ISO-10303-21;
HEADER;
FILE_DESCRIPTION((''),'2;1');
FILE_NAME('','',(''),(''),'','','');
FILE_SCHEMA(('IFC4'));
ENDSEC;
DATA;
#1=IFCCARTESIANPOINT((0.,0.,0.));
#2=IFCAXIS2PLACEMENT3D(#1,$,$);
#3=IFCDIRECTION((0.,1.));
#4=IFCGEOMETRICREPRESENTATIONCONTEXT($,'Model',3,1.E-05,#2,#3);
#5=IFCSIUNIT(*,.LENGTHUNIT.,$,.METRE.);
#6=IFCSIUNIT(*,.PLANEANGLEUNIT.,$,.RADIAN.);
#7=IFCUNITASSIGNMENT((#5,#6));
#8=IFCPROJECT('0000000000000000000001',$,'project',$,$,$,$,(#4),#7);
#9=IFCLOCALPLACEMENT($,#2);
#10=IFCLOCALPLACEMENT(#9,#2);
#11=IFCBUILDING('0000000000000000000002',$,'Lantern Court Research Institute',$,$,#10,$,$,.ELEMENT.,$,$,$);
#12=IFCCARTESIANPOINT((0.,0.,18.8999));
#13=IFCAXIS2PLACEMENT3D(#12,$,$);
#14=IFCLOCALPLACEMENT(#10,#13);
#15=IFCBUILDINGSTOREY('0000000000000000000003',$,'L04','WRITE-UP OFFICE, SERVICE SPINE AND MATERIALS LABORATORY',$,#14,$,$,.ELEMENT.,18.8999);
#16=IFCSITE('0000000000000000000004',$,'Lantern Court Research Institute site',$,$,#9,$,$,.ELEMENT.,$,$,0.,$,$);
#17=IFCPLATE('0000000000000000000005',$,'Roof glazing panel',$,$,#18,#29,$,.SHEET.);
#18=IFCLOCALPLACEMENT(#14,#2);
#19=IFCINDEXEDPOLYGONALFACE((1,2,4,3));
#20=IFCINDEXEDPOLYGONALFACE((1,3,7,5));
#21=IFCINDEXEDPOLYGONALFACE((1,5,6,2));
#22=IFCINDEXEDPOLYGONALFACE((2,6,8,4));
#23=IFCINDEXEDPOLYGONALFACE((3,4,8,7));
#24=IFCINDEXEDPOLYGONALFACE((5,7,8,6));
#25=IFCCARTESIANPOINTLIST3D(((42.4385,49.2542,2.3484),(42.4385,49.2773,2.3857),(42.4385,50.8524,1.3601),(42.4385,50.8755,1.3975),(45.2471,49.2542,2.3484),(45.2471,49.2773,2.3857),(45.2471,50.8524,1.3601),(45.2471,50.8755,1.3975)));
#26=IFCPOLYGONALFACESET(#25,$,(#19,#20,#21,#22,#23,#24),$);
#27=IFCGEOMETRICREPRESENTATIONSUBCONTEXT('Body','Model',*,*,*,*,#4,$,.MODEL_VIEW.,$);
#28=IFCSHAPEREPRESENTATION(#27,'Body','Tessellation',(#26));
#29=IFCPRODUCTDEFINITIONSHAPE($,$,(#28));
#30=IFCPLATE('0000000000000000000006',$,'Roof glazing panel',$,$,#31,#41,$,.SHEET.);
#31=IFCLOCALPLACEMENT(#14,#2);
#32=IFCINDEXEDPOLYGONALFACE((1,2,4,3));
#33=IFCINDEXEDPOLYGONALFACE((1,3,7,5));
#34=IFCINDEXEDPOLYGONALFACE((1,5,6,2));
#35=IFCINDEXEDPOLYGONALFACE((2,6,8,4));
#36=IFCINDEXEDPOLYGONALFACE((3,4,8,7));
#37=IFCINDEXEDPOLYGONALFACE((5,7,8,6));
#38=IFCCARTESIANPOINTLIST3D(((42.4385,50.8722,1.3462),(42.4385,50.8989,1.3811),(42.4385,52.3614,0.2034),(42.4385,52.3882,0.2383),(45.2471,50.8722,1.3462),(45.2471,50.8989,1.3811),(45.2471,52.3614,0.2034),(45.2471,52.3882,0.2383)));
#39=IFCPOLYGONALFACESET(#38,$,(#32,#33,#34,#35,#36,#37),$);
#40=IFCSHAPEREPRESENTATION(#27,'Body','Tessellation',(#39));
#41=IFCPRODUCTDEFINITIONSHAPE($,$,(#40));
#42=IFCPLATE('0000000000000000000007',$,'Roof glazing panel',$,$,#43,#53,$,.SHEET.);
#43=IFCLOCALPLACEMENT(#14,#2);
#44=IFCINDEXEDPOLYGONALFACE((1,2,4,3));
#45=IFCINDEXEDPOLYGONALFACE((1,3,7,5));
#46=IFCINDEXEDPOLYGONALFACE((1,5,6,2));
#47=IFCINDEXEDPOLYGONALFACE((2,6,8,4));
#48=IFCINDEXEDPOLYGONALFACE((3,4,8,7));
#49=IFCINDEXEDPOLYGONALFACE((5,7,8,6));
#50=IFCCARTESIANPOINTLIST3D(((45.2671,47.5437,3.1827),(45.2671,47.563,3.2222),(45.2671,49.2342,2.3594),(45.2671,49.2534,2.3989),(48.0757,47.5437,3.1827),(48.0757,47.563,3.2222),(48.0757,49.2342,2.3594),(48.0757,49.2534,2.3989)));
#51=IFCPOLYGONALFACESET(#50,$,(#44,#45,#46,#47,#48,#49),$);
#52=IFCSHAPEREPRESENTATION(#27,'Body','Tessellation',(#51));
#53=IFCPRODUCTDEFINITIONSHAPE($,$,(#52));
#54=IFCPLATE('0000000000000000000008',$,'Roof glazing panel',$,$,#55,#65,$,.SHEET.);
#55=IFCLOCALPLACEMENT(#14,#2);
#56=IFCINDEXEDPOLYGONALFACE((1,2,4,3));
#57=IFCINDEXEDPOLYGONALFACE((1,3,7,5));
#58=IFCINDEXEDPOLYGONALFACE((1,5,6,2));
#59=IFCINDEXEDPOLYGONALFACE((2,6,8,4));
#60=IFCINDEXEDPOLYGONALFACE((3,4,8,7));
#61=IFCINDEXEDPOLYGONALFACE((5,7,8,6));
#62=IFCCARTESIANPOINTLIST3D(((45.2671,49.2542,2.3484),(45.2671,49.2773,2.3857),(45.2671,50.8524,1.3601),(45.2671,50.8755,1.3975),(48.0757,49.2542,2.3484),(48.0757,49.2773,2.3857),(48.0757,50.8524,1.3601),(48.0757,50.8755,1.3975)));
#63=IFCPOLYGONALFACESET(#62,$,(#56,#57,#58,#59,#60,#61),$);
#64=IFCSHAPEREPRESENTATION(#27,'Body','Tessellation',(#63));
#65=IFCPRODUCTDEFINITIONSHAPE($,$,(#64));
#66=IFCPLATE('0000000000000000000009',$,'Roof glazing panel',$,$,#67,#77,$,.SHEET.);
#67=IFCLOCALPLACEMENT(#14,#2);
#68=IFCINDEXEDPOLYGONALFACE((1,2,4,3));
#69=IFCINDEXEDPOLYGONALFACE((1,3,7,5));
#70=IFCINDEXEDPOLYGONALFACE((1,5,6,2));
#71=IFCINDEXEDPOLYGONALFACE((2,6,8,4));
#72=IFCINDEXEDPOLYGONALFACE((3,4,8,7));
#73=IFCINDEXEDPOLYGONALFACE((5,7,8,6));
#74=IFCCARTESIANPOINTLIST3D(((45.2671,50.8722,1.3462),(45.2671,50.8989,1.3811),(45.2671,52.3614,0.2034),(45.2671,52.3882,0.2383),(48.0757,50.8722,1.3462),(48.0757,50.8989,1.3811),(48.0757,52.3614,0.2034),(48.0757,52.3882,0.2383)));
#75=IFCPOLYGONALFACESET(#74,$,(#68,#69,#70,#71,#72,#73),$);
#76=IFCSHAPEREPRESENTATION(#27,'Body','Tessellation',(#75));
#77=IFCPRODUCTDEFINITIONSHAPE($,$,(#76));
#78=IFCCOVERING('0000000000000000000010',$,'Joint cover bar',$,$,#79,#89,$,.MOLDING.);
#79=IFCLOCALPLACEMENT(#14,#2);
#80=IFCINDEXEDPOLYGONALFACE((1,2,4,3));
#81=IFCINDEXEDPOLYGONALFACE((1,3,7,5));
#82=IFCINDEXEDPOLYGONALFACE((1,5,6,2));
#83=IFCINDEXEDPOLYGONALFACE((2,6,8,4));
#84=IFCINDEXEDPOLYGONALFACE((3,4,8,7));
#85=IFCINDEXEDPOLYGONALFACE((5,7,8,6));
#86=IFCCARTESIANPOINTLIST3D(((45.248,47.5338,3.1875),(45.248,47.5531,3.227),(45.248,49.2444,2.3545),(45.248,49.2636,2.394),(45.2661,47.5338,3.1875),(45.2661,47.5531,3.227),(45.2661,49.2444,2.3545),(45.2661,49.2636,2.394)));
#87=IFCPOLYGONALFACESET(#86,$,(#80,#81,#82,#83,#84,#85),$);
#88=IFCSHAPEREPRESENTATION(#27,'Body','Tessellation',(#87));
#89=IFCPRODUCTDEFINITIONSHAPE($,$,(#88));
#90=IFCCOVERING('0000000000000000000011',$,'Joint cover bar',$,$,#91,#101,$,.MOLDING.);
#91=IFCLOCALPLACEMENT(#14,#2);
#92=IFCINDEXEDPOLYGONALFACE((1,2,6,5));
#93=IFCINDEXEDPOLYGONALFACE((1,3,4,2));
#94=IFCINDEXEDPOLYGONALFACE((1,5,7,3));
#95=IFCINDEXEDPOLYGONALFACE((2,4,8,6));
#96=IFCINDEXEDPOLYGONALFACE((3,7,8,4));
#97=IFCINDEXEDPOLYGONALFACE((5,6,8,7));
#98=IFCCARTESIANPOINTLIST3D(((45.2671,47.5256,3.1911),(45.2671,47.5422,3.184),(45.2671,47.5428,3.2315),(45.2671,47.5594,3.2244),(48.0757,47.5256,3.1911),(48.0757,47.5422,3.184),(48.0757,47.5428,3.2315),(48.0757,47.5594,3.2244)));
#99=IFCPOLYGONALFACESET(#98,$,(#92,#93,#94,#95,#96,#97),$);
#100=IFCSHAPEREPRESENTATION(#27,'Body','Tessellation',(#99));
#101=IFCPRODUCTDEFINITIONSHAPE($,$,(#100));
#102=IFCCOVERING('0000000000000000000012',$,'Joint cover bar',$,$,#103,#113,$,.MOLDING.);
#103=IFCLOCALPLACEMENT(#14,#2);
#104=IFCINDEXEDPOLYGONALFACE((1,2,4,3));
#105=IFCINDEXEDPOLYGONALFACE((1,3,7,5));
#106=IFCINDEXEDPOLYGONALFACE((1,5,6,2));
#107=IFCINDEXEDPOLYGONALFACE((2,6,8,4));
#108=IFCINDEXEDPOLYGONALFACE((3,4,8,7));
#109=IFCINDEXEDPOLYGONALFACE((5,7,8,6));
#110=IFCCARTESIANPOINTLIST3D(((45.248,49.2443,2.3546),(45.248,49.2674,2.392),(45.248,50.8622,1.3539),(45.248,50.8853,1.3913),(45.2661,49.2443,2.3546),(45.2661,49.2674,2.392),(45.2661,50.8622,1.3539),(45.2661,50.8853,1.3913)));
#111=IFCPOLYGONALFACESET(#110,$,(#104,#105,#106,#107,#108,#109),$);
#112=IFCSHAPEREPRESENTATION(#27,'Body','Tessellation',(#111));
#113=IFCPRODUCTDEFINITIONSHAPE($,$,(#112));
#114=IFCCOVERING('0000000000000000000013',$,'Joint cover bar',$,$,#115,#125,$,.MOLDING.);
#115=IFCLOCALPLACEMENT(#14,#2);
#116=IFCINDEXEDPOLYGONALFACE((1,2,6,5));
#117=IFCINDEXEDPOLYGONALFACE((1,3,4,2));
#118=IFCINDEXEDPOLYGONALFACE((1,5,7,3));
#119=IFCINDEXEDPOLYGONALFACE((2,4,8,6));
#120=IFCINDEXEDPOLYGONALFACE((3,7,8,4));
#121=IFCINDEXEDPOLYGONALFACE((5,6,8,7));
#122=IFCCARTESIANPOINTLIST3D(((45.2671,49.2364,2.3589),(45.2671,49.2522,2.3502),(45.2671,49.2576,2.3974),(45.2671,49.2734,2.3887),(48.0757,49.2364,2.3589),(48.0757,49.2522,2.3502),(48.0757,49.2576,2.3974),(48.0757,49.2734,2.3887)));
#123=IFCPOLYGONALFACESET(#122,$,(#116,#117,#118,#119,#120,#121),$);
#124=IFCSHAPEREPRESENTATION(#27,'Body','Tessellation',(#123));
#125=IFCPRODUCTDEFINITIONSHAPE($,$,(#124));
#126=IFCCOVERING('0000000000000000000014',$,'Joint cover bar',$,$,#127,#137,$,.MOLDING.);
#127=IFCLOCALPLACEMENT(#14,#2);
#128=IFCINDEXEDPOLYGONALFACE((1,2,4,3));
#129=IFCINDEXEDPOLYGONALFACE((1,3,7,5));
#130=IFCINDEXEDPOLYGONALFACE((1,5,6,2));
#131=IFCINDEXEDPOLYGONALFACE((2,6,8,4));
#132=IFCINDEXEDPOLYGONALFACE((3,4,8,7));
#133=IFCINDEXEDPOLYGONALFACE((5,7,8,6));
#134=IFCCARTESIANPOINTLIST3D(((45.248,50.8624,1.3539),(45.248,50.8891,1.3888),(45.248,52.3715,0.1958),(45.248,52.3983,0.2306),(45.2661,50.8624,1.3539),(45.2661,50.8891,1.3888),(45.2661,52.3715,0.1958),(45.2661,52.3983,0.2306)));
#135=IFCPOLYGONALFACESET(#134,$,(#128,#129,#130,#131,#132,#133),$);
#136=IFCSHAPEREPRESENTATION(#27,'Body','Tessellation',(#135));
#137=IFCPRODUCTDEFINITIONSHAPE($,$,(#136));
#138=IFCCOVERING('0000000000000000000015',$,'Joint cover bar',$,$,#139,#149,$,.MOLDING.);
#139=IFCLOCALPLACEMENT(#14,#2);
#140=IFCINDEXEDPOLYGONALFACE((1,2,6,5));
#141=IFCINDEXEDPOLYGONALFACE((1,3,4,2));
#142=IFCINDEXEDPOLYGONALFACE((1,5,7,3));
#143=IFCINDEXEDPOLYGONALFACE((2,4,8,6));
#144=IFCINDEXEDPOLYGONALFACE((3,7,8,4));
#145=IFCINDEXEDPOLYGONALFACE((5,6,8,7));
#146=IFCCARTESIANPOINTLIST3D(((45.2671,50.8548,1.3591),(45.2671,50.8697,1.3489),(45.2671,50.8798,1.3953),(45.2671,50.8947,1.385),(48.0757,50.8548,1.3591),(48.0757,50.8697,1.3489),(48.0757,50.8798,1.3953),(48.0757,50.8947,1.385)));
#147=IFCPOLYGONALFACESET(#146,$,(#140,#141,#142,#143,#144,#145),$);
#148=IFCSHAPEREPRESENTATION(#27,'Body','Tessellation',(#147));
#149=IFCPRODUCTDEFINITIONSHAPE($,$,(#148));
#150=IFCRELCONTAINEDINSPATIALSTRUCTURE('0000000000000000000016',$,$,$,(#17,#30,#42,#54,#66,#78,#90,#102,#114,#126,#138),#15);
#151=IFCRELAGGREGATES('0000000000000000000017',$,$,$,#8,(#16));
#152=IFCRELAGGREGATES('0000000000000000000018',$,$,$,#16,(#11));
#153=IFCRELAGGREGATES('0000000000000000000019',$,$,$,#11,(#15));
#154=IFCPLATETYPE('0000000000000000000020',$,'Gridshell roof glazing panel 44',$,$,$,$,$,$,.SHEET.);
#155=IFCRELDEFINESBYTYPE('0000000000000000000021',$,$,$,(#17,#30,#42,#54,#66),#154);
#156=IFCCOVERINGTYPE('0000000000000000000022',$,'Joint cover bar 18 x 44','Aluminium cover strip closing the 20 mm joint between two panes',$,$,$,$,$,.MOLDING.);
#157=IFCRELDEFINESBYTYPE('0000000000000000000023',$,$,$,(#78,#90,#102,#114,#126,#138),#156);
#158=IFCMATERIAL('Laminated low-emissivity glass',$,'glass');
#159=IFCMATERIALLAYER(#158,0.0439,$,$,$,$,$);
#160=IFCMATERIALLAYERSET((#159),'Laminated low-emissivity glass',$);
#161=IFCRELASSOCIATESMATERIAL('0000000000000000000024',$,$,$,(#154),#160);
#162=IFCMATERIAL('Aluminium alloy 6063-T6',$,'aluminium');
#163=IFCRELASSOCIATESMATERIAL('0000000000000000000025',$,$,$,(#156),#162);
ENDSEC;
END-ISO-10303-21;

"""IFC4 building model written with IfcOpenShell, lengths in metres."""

from ifc_helpers import new_model, si_unit, direction, frame, origin, origin_2d, place, context, subcontext, project, spatial, polyline, rectangle, outline, extrude, material, layer, layer_set, material_profile, profile_set, type_object, element, save


model = new_model("IFC4")

# Units and contexts
model_context = context("Model", 3, precision=1e-05, world=origin(), true_north=direction((0.0, 1.0)))
body_context = subcontext(model_context, "Body", "Model", "MODEL_VIEW")
ifc_project = project(units=[si_unit("LENGTHUNIT", "METRE"), si_unit("PLANEANGLEUNIT", "RADIAN")], contexts=[model_context])

# Site, building, storey
site_placement = place(None, origin())
site = spatial("IfcSite", under=ifc_project, at=site_placement, Name="Lantern Court Research Institute site", CompositionType="ELEMENT", RefElevation=0.0)
building_placement = place(site_placement, origin())
building = spatial("IfcBuilding", under=site, at=building_placement, Name="Lantern Court Research Institute", CompositionType="ELEMENT")
storey_placement = place(building_placement, frame((0.0, 0.0, 18.8999)))
storey = spatial("IfcBuildingStorey", under=building, at=storey_placement, Name="L04", Description="WRITE-UP OFFICE, SERVICE SPINE AND MATERIALS LABORATORY", CompositionType="ELEMENT", Elevation=18.8999)

# Plates
ifc_material_1 = material(Name="Laminated low-emissivity glass", Category="glass")
ifc_layer = layer(ifc_material_1, 0.0439)
ifc_layer_set = layer_set([ifc_layer], Name="Laminated low-emissivity glass")
plate_type = type_object("IfcPlateType", Name="Gridshell roof glazing panel 44", PredefinedType="SHEET", material=ifc_layer_set)
plate_1_placement = place(storey_placement, frame((45.2471, 49.2773, 2.3857), z_axis=(0.0, 0.525952, 0.850514), x_axis=(-1.0, 0.0, 0.0)))
element("IfcPlate", 1, at=plate_1_placement, inside=storey, type_object=plate_type, Name="Roof glazing panel", PredefinedType="SHEET", context=body_context, shape_type="SweptSolid", body=[
    extrude(outline(polyline([(0.0, 0.0), (2.8086, 0.0), (2.8086, -1.879), (0.0, -1.879), (0.0, 0.0)])), origin(), (0.0, 0.0, -1.0), 0.0439),
])
plate_2_placement = place(storey_placement, frame((45.2471, 50.8989, 1.3811), z_axis=(0.0, 0.608786, 0.793334), x_axis=(-1.0, 0.0, 0.0)))
element("IfcPlate", 2, at=plate_2_placement, inside=storey, type_object=plate_type, Name="Roof glazing panel", PredefinedType="SHEET", context=body_context, shape_type="SweptSolid", body=[
    extrude(outline(polyline([(0.0, 0.0), (2.8086, 0.0), (2.8086, -1.8772), (0.0, -1.8772), (0.0, 0.0)])), origin(), (0.0, 0.0, -1.0), 0.0439),
])
plate_3_placement = place(storey_placement, frame((48.0757, 47.563, 3.2222), z_axis=(0.0, 0.43784, 0.899053), x_axis=(-1.0, 0.0, 0.0)))
element("IfcPlate", 3, at=plate_3_placement, inside=storey, type_object=plate_type, Name="Roof glazing panel", PredefinedType="SHEET", context=body_context, shape_type="SweptSolid", body=[
    extrude(outline(polyline([(0.0, 0.0), (2.8086, 0.0), (2.8086, -1.8802), (0.0, -1.8802), (0.0, 0.0)])), origin(), (0.0, 0.0, -1.0), 0.0439),
])
plate_4_placement = place(storey_placement, frame((48.0757, 49.2773, 2.3857), z_axis=(0.0, 0.525952, 0.850514), x_axis=(-1.0, 0.0, 0.0)))
element("IfcPlate", 4, at=plate_4_placement, inside=storey, type_object=plate_type, Name="Roof glazing panel", PredefinedType="SHEET", context=body_context, shape_type="SweptSolid", body=[
    extrude(outline(polyline([(0.0, 0.0), (2.8086, 0.0), (2.8086, -1.879), (0.0, -1.879), (0.0, 0.0)])), origin(), (0.0, 0.0, -1.0), 0.0439),
])
plate_5_placement = place(storey_placement, frame((48.0757, 50.8989, 1.3811), z_axis=(0.0, 0.608786, 0.793334), x_axis=(-1.0, 0.0, 0.0)))
element("IfcPlate", 5, at=plate_5_placement, inside=storey, type_object=plate_type, Name="Roof glazing panel", PredefinedType="SHEET", context=body_context, shape_type="SweptSolid", body=[
    extrude(outline(polyline([(0.0, 0.0), (2.8086, 0.0), (2.8086, -1.8772), (0.0, -1.8772), (0.0, 0.0)])), origin(), (0.0, 0.0, -1.0), 0.0439),
])

# Coverings
ifc_material_2 = material(Name="Aluminium alloy 6063-T6", Category="aluminium")
ifc_material_profile_1 = material_profile(ifc_material_2, rectangle(XDim=0.0181, YDim=0.0439, at=origin_2d()), Name="Joint cover bar 18 x 44")
ifc_profile_set_1 = profile_set([ifc_material_profile_1], Name="Aluminium alloy 6063-T6")
covering_type = type_object("IfcCoveringType", Name="Joint cover bar 18 x 44", Description="Aluminium cover strip closing the 20 mm joint between two panes", PredefinedType="MOLDING", material=ifc_profile_set_1)
covering_1_placement = place(storey_placement, frame((45.2571, 47.5435, 3.2073), z_axis=(0.0, 0.899049, -0.437847), x_axis=(-1.0, 0.0, 0.0)))
element("IfcCovering", 6, at=covering_1_placement, inside=storey, type_object=covering_type, Name="Joint cover bar", PredefinedType="MOLDING", context=body_context, shape_type="SweptSolid", body=[
    extrude(rectangle(XDim=0.0181, YDim=0.0439, at=origin_2d()), origin(), (0.0, 0.0, 1.0), 1.9026),
])
covering_2_placement = place(storey_placement, frame((45.2671, 47.5425, 3.2078), z_axis=(1.0, 0.0, 0.0), x_axis=(0.0, 0.919966, -0.391999)))
element("IfcCovering", 7, at=covering_2_placement, inside=storey, type_object=covering_type, Name="Joint cover bar", PredefinedType="MOLDING", context=body_context, shape_type="SweptSolid", body=[
    extrude(rectangle(XDim=0.0181, YDim=0.0439, at=origin_2d()), origin(), (0.0, 0.0, 1.0), 2.8086),
])
covering_3_placement = place(storey_placement, frame((45.2571, 49.2559, 2.3733), z_axis=(0.0, 0.850462, -0.526036), x_axis=(-1.0, 0.0, 0.0)))
element("IfcCovering", 8, at=covering_3_placement, inside=storey, type_object=covering_type, Name="Joint cover bar", PredefinedType="MOLDING", context=body_context, shape_type="SweptSolid", body=[
    extrude(rectangle(XDim=0.0181, YDim=0.0439, at=origin_2d()), origin(), (0.0, 0.0, 1.0), 1.9023),
])
covering_4_placement = place(storey_placement, frame((45.2671, 49.2549, 2.3738), z_axis=(1.0, 0.0, 0.0), x_axis=(0.0, 0.875897, -0.482497)))
element("IfcCovering", 9, at=covering_4_placement, inside=storey, type_object=covering_type, Name="Joint cover bar", PredefinedType="MOLDING", context=body_context, shape_type="SweptSolid", body=[
    extrude(rectangle(XDim=0.0181, YDim=0.0439, at=origin_2d()), origin(), (0.0, 0.0, 1.0), 2.8086),
])
covering_5_placement = place(storey_placement, frame((45.2571, 50.8757, 1.3713), z_axis=(0.0, 0.79333, -0.608792), x_axis=(-1.0, 0.0, 0.0)))
element("IfcCovering", 10, at=covering_5_placement, inside=storey, type_object=covering_type, Name="Joint cover bar", PredefinedType="MOLDING", context=body_context, shape_type="SweptSolid", body=[
    extrude(rectangle(XDim=0.0181, YDim=0.0439, at=origin_2d()), origin(), (0.0, 0.0, 1.0), 1.9023),
])
covering_6_placement = place(storey_placement, frame((45.2671, 50.8748, 1.3721), z_axis=(1.0, 0.0, 0.0), x_axis=(0.0, 0.822954, -0.568108)))
element("IfcCovering", 11, at=covering_6_placement, inside=storey, type_object=covering_type, Name="Joint cover bar", PredefinedType="MOLDING", context=body_context, shape_type="SweptSolid", body=[
    extrude(rectangle(XDim=0.0181, YDim=0.0439, at=origin_2d()), origin(), (0.0, 0.0, 1.0), 2.8086),
])

save(model, "model.ifc")
